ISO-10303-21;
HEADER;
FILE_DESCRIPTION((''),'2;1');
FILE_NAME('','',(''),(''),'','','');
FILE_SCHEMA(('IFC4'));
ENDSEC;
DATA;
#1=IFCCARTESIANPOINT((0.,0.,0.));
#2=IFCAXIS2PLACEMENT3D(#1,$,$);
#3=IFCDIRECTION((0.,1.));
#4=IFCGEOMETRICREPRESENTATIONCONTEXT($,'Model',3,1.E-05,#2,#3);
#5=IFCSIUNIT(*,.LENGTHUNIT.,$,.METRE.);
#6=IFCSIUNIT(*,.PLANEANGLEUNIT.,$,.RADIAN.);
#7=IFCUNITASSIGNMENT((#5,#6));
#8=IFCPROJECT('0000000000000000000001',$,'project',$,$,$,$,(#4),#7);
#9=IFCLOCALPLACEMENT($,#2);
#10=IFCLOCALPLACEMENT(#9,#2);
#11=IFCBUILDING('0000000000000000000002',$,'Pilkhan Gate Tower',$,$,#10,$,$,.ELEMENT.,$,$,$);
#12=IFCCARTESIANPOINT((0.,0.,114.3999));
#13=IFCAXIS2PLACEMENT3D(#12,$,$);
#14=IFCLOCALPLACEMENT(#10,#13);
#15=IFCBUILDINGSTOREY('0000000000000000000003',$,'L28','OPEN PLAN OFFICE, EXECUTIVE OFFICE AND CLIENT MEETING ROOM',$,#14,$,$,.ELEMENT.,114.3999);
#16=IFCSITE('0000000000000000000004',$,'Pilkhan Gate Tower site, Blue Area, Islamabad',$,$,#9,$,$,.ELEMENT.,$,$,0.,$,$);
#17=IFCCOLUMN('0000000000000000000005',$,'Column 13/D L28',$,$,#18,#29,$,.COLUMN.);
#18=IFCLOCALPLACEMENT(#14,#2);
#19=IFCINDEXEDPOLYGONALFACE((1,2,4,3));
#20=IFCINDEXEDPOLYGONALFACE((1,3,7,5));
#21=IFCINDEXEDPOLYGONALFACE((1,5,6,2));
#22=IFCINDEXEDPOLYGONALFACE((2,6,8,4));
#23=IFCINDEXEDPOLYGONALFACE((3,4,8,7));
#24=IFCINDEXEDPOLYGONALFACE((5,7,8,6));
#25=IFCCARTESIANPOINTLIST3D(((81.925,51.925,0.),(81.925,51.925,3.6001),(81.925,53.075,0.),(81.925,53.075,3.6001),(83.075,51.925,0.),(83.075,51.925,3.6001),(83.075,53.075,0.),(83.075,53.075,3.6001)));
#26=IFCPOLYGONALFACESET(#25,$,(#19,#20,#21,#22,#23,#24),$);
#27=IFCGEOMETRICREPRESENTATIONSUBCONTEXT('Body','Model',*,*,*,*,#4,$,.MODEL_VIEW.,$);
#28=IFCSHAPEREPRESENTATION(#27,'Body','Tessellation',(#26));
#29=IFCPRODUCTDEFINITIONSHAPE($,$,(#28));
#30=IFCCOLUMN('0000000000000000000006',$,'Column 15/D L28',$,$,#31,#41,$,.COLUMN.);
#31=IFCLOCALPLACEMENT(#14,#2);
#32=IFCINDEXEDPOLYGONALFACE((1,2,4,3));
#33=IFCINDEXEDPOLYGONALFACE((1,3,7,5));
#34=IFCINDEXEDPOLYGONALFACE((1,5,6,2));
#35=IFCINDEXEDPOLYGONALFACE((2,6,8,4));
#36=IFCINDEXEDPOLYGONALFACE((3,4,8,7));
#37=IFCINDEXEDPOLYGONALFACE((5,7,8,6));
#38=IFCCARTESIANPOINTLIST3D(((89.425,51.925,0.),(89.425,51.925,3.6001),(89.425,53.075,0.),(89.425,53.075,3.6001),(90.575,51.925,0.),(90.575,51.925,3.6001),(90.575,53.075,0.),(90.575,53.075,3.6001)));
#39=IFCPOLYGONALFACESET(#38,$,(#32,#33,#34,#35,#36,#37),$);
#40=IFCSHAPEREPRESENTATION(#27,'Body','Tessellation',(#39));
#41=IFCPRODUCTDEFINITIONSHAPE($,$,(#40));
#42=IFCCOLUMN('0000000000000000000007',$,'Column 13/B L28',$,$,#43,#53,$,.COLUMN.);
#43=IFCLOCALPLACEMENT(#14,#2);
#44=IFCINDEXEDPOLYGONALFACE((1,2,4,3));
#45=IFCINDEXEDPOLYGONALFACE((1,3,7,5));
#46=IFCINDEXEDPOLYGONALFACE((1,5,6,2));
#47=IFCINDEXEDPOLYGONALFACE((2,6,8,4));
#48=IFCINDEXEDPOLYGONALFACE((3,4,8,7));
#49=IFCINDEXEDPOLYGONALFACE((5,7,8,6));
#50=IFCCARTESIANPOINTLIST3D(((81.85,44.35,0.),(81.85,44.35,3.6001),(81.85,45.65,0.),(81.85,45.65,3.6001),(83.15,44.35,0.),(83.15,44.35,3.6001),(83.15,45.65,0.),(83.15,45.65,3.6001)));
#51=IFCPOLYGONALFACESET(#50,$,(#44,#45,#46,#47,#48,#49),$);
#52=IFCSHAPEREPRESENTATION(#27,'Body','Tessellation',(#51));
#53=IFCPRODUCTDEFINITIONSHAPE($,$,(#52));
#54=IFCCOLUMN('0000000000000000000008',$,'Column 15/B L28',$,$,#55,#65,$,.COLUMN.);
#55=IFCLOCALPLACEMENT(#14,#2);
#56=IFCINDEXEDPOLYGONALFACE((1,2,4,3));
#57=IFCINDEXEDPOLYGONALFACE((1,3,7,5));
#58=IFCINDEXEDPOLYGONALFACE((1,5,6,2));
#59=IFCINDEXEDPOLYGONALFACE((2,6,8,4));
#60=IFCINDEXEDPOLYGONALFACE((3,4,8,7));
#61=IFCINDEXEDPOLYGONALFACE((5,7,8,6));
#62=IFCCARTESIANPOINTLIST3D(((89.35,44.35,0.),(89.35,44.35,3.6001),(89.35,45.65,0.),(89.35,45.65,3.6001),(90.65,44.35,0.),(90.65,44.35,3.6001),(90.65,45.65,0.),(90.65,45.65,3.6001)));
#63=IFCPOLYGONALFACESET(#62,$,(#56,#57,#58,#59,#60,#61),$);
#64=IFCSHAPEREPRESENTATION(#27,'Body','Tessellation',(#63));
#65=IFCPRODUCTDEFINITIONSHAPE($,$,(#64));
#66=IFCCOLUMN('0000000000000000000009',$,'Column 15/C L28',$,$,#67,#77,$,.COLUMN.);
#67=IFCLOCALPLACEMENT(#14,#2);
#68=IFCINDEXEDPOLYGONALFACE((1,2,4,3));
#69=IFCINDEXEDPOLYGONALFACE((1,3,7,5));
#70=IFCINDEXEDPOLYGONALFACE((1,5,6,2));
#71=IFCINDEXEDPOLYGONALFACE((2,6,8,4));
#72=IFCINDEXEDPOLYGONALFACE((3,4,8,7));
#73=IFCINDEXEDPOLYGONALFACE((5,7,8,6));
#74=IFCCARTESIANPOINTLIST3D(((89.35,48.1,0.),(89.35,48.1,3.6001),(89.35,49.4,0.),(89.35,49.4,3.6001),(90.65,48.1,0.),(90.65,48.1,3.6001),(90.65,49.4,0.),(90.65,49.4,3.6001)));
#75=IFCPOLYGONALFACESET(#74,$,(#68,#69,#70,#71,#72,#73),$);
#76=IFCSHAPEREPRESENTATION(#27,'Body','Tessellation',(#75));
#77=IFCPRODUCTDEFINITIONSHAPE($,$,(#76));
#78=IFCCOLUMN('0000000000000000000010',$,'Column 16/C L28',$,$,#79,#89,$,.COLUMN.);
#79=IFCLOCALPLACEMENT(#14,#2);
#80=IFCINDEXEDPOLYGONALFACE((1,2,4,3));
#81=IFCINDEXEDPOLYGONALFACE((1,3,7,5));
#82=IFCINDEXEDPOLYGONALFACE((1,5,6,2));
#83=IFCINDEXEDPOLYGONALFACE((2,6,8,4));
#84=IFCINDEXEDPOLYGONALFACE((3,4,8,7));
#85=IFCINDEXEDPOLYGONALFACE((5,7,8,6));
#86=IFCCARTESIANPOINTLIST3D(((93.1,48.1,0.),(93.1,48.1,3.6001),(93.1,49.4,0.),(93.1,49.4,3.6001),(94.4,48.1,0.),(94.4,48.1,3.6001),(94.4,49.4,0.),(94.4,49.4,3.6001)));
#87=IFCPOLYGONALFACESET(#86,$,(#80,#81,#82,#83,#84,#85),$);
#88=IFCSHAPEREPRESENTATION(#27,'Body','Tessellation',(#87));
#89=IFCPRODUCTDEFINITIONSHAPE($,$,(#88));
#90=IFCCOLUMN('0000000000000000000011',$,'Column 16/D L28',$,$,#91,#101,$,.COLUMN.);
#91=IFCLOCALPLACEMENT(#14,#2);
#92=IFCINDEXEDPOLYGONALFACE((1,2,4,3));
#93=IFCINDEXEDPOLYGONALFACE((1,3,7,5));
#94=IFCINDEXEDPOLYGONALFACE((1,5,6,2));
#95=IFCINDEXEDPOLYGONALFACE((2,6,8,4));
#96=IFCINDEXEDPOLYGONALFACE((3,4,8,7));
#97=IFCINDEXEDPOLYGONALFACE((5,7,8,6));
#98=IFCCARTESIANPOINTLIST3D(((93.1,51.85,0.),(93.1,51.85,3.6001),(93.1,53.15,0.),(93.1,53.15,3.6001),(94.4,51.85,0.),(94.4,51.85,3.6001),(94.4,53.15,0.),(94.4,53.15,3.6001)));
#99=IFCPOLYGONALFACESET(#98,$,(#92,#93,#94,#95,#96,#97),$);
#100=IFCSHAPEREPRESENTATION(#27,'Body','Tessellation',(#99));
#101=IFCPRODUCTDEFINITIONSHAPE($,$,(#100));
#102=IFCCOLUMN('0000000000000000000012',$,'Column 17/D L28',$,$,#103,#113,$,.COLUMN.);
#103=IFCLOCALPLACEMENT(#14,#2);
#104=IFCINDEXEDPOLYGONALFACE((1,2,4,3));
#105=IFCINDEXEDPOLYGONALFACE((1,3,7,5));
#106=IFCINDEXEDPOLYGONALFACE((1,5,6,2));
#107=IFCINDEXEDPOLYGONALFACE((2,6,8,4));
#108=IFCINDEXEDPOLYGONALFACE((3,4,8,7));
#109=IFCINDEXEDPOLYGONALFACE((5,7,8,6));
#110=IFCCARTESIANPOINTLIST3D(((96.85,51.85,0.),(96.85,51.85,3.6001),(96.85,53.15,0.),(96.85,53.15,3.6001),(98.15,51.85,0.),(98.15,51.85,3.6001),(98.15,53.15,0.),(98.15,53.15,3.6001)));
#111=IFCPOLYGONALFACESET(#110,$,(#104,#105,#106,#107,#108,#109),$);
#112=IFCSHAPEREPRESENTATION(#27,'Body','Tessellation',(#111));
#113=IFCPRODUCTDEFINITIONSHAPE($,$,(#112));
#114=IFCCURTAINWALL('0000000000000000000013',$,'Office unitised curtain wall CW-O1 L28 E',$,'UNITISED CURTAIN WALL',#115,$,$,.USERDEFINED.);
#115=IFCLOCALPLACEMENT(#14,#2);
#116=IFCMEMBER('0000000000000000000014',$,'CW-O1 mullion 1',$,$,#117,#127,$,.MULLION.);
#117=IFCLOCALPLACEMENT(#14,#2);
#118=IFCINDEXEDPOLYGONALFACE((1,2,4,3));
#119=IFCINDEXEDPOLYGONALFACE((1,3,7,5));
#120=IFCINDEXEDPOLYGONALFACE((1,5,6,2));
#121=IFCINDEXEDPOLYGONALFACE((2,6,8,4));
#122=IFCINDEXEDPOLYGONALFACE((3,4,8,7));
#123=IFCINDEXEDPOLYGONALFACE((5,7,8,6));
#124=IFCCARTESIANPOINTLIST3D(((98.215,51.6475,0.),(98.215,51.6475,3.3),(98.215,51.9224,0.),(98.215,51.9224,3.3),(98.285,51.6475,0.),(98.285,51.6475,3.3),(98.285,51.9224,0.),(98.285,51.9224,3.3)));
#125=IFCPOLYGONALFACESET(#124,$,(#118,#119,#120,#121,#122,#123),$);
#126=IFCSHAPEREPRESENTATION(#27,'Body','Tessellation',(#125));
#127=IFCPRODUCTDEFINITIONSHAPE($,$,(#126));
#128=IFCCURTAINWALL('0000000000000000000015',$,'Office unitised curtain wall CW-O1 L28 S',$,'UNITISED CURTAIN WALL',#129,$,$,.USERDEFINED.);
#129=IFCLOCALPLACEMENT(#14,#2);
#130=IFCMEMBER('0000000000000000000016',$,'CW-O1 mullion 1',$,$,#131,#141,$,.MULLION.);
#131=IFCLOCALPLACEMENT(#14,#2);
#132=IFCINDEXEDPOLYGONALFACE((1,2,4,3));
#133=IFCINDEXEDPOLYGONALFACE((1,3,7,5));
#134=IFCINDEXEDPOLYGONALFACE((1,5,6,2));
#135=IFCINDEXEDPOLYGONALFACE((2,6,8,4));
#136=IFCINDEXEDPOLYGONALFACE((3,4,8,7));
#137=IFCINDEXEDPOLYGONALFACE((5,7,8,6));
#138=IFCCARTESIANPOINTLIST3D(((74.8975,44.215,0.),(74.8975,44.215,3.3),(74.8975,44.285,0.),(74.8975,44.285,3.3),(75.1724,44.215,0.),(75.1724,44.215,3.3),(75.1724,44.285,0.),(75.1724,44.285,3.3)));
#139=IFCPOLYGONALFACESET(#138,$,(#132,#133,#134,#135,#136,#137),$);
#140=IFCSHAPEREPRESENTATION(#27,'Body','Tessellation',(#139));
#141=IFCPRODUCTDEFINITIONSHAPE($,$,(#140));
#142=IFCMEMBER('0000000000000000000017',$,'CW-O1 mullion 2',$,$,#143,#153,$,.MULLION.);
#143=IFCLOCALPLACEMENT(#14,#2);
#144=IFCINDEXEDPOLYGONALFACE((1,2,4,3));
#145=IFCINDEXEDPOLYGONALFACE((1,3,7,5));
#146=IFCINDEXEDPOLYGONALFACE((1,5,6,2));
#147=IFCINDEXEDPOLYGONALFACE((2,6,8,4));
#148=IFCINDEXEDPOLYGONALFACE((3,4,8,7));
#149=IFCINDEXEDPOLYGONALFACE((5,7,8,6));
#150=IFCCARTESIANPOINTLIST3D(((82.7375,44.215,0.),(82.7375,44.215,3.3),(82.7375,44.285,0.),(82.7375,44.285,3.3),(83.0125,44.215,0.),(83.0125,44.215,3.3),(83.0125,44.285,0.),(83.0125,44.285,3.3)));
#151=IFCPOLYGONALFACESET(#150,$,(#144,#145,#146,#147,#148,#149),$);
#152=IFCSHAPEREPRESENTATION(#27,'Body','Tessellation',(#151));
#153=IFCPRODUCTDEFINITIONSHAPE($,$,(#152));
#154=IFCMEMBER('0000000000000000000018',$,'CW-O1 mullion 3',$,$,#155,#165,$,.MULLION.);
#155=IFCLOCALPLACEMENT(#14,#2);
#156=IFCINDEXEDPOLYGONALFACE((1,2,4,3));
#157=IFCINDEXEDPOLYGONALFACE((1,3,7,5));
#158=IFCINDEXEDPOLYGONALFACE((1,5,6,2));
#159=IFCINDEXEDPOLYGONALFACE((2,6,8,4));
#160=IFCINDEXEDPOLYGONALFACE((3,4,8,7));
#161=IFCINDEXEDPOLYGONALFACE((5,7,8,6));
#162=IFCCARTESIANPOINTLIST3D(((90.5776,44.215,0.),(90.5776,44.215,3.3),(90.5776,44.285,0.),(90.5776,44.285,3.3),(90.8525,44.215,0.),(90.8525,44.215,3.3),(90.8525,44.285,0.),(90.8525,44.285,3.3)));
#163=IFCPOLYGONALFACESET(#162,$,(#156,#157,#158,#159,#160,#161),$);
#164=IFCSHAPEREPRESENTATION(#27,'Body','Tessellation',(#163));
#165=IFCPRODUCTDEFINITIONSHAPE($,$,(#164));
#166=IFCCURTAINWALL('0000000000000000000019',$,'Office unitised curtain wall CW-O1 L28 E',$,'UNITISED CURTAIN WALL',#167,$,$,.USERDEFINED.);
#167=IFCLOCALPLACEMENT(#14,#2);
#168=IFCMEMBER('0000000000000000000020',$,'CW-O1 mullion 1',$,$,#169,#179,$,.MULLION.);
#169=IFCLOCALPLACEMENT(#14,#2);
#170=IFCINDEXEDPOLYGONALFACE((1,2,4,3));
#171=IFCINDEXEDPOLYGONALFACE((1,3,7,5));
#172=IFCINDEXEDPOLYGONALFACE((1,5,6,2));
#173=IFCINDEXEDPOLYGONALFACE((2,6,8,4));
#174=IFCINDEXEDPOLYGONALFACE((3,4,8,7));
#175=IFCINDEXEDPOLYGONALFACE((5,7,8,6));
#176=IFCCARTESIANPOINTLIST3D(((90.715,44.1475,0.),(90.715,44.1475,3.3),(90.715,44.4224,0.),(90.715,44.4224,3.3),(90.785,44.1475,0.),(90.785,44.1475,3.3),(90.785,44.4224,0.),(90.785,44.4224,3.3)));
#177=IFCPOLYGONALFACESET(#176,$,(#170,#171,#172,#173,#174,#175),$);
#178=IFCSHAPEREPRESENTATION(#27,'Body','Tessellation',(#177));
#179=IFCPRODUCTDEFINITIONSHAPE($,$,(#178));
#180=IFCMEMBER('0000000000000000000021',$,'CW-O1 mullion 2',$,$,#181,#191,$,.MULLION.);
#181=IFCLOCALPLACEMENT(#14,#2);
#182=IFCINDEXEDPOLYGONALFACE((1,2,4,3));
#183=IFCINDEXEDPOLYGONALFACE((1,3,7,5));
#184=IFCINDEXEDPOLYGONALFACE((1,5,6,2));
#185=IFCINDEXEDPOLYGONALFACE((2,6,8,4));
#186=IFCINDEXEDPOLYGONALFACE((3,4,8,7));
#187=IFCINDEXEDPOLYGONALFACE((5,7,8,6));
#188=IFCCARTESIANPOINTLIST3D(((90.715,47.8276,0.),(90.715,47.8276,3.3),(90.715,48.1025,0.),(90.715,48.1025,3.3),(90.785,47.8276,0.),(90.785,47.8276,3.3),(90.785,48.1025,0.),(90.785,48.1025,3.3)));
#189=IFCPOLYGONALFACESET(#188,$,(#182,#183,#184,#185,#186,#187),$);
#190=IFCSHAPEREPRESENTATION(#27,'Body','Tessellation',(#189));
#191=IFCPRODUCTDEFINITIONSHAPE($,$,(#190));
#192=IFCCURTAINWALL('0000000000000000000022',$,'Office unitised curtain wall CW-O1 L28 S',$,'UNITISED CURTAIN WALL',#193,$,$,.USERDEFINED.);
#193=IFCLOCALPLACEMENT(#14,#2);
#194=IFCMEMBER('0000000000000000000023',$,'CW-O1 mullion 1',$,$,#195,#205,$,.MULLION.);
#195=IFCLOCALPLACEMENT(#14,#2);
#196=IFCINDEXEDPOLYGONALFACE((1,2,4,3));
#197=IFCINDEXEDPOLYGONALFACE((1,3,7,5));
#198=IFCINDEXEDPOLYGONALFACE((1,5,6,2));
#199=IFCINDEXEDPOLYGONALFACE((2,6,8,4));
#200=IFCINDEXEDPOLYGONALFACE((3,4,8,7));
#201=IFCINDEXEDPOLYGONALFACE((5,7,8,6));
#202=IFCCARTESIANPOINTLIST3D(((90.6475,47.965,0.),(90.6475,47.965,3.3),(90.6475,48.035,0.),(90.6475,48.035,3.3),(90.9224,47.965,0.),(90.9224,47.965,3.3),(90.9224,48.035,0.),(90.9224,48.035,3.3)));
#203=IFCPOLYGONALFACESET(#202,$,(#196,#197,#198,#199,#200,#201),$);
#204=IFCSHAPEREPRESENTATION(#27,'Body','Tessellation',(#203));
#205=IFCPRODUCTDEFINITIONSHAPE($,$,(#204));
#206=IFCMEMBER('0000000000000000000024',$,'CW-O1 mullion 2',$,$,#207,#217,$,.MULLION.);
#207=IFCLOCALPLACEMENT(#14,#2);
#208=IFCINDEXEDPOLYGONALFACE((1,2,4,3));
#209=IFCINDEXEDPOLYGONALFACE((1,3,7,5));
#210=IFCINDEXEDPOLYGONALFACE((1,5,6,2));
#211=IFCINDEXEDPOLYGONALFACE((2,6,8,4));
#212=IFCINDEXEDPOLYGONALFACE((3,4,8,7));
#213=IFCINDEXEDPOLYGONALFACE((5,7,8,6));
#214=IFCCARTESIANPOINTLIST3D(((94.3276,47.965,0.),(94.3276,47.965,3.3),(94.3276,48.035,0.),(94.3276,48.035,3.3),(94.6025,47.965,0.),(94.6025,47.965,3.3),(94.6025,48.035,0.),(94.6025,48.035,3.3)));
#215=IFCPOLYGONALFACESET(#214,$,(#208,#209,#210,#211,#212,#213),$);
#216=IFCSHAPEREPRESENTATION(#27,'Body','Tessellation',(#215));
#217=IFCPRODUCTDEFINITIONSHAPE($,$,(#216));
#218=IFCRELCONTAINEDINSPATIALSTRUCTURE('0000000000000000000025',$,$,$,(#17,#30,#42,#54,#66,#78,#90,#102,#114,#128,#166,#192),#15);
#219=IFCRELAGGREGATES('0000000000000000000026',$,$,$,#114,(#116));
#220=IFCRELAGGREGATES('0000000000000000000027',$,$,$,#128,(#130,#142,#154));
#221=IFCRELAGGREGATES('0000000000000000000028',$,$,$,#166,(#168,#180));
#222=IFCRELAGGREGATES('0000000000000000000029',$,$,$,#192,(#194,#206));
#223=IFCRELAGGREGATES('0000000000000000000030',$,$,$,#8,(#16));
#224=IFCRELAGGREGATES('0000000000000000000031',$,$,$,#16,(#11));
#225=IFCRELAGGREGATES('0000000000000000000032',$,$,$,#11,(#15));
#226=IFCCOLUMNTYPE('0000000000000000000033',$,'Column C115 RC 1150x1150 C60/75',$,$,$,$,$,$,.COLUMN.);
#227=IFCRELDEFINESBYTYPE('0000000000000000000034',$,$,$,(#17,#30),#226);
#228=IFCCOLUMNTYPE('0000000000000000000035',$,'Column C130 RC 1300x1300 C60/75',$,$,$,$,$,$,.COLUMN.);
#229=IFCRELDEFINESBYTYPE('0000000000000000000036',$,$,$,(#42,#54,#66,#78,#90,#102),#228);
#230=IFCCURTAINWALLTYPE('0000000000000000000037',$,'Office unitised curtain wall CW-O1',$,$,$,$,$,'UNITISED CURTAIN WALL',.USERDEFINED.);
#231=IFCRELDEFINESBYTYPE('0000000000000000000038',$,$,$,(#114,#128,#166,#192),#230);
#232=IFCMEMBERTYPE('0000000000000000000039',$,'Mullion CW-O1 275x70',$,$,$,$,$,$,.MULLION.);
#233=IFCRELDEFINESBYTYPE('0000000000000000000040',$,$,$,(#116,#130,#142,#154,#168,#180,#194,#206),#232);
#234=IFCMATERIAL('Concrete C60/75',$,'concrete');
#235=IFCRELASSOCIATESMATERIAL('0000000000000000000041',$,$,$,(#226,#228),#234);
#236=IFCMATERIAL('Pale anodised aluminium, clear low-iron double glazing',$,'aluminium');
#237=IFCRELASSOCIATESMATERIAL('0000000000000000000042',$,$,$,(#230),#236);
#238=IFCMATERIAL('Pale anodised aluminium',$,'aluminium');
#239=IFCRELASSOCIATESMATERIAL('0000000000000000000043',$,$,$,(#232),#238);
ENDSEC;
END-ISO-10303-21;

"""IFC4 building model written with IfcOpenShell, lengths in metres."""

from ifc_helpers import new_model, si_unit, direction, frame, origin, origin_2d, place, context, subcontext, project, spatial, rectangle, extrude, material, material_profile, profile_set, type_object, element, aggregate, save


model = new_model("IFC4")

# Units and contexts
model_context = context("Model", 3, precision=1e-05, world=origin(), true_north=direction((0.0, 1.0)))
body_context = subcontext(model_context, "Body", "Model", "MODEL_VIEW")
ifc_project = project(units=[si_unit("LENGTHUNIT", "METRE"), si_unit("PLANEANGLEUNIT", "RADIAN")], contexts=[model_context])

# Site, building, storey
site_placement = place(None, origin())
site = spatial("IfcSite", under=ifc_project, at=site_placement, Name="Pilkhan Gate Tower site, Blue Area, Islamabad", CompositionType="ELEMENT", RefElevation=0.0)
building_placement = place(site_placement, origin())
building = spatial("IfcBuilding", under=site, at=building_placement, Name="Pilkhan Gate Tower", CompositionType="ELEMENT")
storey_placement = place(building_placement, frame((0.0, 0.0, 114.3999)))
storey = spatial("IfcBuildingStorey", under=building, at=storey_placement, Name="L28", Description="OPEN PLAN OFFICE, EXECUTIVE OFFICE AND CLIENT MEETING ROOM", CompositionType="ELEMENT", Elevation=114.3999)

# Columns
ifc_material_1 = material(Name="Concrete C60/75", Category="concrete")
ifc_material_profile_1 = material_profile(ifc_material_1, rectangle(XDim=1.1499, YDim=1.1499, at=origin_2d()), Name="RC 1150x1150")
ifc_profile_set_1 = profile_set([ifc_material_profile_1], Name="Concrete C60/75")
column_type_1 = type_object("IfcColumnType", Name="Column C115 RC 1150x1150 C60/75", PredefinedType="COLUMN", material=ifc_profile_set_1)
for number, where, z_axis, x_axis, name in (
    (1, (82.5, 52.5, 0.0), (0.0, 0.0, 1.0), (1.0, 0.0, 0.0), "Column 13/D L28"),
    (2, (90.0, 52.5, 0.0), (0.0, 0.0, 1.0), (1.0, 0.0, 0.0), "Column 15/D L28"),
):
    element("IfcColumn", number, at=place(storey_placement, frame(where, z_axis=z_axis, x_axis=x_axis)), inside=storey, type_object=column_type_1, Name=name, PredefinedType="COLUMN", context=body_context, shape_type="SweptSolid", body=[
        extrude(rectangle(XDim=1.1499, YDim=1.1499, at=origin_2d()), origin(), (0.0, 0.0, 1.0), 3.6001),
    ])
ifc_material_profile_2 = material_profile(ifc_material_1, rectangle(XDim=1.3, YDim=1.3, at=origin_2d()), Name="RC 1300x1300")
ifc_profile_set_2 = profile_set([ifc_material_profile_2], Name="Concrete C60/75")
column_type_2 = type_object("IfcColumnType", Name="Column C130 RC 1300x1300 C60/75", PredefinedType="COLUMN", material=ifc_profile_set_2)
for number, where, z_axis, x_axis, name in (
    (3, (82.5, 45.0, 0.0), (0.0, 0.0, 1.0), (1.0, 0.0, 0.0), "Column 13/B L28"),
    (4, (90.0, 45.0, 0.0), (0.0, 0.0, 1.0), (1.0, 0.0, 0.0), "Column 15/B L28"),
    (5, (90.0, 48.75, 0.0), (0.0, 0.0, 1.0), (1.0, 0.0, 0.0), "Column 15/C L28"),
    (6, (93.75, 48.75, 0.0), (0.0, 0.0, 1.0), (1.0, 0.0, 0.0), "Column 16/C L28"),
    (7, (93.75, 52.5, 0.0), (0.0, 0.0, 1.0), (1.0, 0.0, 0.0), "Column 16/D L28"),
    (8, (97.5, 52.5, 0.0), (0.0, 0.0, 1.0), (1.0, 0.0, 0.0), "Column 17/D L28"),
):
    element("IfcColumn", number, at=place(storey_placement, frame(where, z_axis=z_axis, x_axis=x_axis)), inside=storey, type_object=column_type_2, Name=name, PredefinedType="COLUMN", context=body_context, shape_type="SweptSolid", body=[
        extrude(rectangle(XDim=1.3, YDim=1.3, at=origin_2d()), origin(), (0.0, 0.0, 1.0), 3.6001),
    ])

# Curtain wall, member
ifc_material_2 = material(Name="Pale anodised aluminium, clear low-iron double glazing", Category="aluminium")
curtain_wall_type = type_object("IfcCurtainWallType", Name="Office unitised curtain wall CW-O1", ElementType="UNITISED CURTAIN WALL", PredefinedType="USERDEFINED", material=ifc_material_2)
curtain_wall_1_placement = place(storey_placement, origin())
curtain_wall_1 = element("IfcCurtainWall", 9, at=curtain_wall_1_placement, inside=storey, type_object=curtain_wall_type, Name="Office unitised curtain wall CW-O1 L28 E", ObjectType="UNITISED CURTAIN WALL", PredefinedType="USERDEFINED")
ifc_material_3 = material(Name="Pale anodised aluminium", Category="aluminium")
ifc_material_profile_3 = material_profile(ifc_material_3, rectangle(XDim=0.0701, YDim=0.2749, at=origin_2d()), Name="Mullion 275x70")
ifc_profile_set_3 = profile_set([ifc_material_profile_3], Name="Pale anodised aluminium")
member_type_1 = type_object("IfcMemberType", Name="Mullion CW-O1 275x70", PredefinedType="MULLION", material=ifc_profile_set_3)
member_1_placement = place(storey_placement, frame((98.25, 51.7849, 0.0), z_axis=(0.0, 0.0, 1.0), x_axis=(-1.0, 0.0, 0.0)))
member_1 = element("IfcMember", 10, at=member_1_placement, type_object=member_type_1, Name="CW-O1 mullion 1", PredefinedType="MULLION", context=body_context, shape_type="SweptSolid", body=[
    extrude(rectangle(XDim=0.0701, YDim=0.2749, at=origin_2d()), origin(), (0.0, 0.0, 1.0), 3.3),
])

# Curtain walls, members
curtain_wall_2_placement = place(storey_placement, origin())
curtain_wall_2 = element("IfcCurtainWall", 11, at=curtain_wall_2_placement, inside=storey, type_object=curtain_wall_type, Name="Office unitised curtain wall CW-O1 L28 S", ObjectType="UNITISED CURTAIN WALL", PredefinedType="USERDEFINED")
member_2_placement = place(storey_placement, frame((75.0349, 44.25, 0.0), z_axis=(0.0, 0.0, 1.0), x_axis=(0.0, 1.0, 0.0)))
member_2 = element("IfcMember", 12, at=member_2_placement, type_object=member_type_1, Name="CW-O1 mullion 1", PredefinedType="MULLION", context=body_context, shape_type="SweptSolid", body=[
    extrude(rectangle(XDim=0.0701, YDim=0.2749, at=origin_2d()), origin(), (0.0, 0.0, 1.0), 3.3),
])
member_3_placement = place(storey_placement, frame((82.875, 44.25, 0.0), z_axis=(0.0, 0.0, 1.0), x_axis=(0.0, 1.0, 0.0)))
member_3 = element("IfcMember", 13, at=member_3_placement, type_object=member_type_1, Name="CW-O1 mullion 2", PredefinedType="MULLION", context=body_context, shape_type="SweptSolid", body=[
    extrude(rectangle(XDim=0.0701, YDim=0.2749, at=origin_2d()), origin(), (0.0, 0.0, 1.0), 3.3),
])
member_4_placement = place(storey_placement, frame((90.7151, 44.25, 0.0), z_axis=(0.0, 0.0, 1.0), x_axis=(0.0, 1.0, 0.0)))
member_4 = element("IfcMember", 14, at=member_4_placement, type_object=member_type_1, Name="CW-O1 mullion 3", PredefinedType="MULLION", context=body_context, shape_type="SweptSolid", body=[
    extrude(rectangle(XDim=0.0701, YDim=0.2749, at=origin_2d()), origin(), (0.0, 0.0, 1.0), 3.3),
])
curtain_wall_3_placement = place(storey_placement, origin())
curtain_wall_3 = element("IfcCurtainWall", 15, at=curtain_wall_3_placement, inside=storey, type_object=curtain_wall_type, Name="Office unitised curtain wall CW-O1 L28 E", ObjectType="UNITISED CURTAIN WALL", PredefinedType="USERDEFINED")
member_5_placement = place(storey_placement, frame((90.75, 44.2849, 0.0), z_axis=(0.0, 0.0, 1.0), x_axis=(-1.0, 0.0, 0.0)))
member_5 = element("IfcMember", 16, at=member_5_placement, type_object=member_type_1, Name="CW-O1 mullion 1", PredefinedType="MULLION", context=body_context, shape_type="SweptSolid", body=[
    extrude(rectangle(XDim=0.0701, YDim=0.2749, at=origin_2d()), origin(), (0.0, 0.0, 1.0), 3.3),
])
member_6_placement = place(storey_placement, frame((90.75, 47.9651, 0.0), z_axis=(0.0, 0.0, 1.0), x_axis=(-1.0, 0.0, 0.0)))
member_6 = element("IfcMember", 17, at=member_6_placement, type_object=member_type_1, Name="CW-O1 mullion 2", PredefinedType="MULLION", context=body_context, shape_type="SweptSolid", body=[
    extrude(rectangle(XDim=0.0701, YDim=0.2749, at=origin_2d()), origin(), (0.0, 0.0, 1.0), 3.3),
])
curtain_wall_4_placement = place(storey_placement, origin())
curtain_wall_4 = element("IfcCurtainWall", 18, at=curtain_wall_4_placement, inside=storey, type_object=curtain_wall_type, Name="Office unitised curtain wall CW-O1 L28 S", ObjectType="UNITISED CURTAIN WALL", PredefinedType="USERDEFINED")
member_7_placement = place(storey_placement, frame((90.7849, 48.0, 0.0), z_axis=(0.0, 0.0, 1.0), x_axis=(0.0, 1.0, 0.0)))
member_7 = element("IfcMember", 19, at=member_7_placement, type_object=member_type_1, Name="CW-O1 mullion 1", PredefinedType="MULLION", context=body_context, shape_type="SweptSolid", body=[
    extrude(rectangle(XDim=0.0701, YDim=0.2749, at=origin_2d()), origin(), (0.0, 0.0, 1.0), 3.3),
])
member_8_placement = place(storey_placement, frame((94.4651, 48.0, 0.0), z_axis=(0.0, 0.0, 1.0), x_axis=(0.0, 1.0, 0.0)))
member_8 = element("IfcMember", 20, at=member_8_placement, type_object=member_type_1, Name="CW-O1 mullion 2", PredefinedType="MULLION", context=body_context, shape_type="SweptSolid", body=[
    extrude(rectangle(XDim=0.0701, YDim=0.2749, at=origin_2d()), origin(), (0.0, 0.0, 1.0), 3.3),
])

aggregate(curtain_wall_1, [member_1])

aggregate(curtain_wall_2, [member_2, member_3, member_4])
aggregate(curtain_wall_3, [member_5, member_6])
aggregate(curtain_wall_4, [member_7, member_8])

save(model, "model.ifc")
